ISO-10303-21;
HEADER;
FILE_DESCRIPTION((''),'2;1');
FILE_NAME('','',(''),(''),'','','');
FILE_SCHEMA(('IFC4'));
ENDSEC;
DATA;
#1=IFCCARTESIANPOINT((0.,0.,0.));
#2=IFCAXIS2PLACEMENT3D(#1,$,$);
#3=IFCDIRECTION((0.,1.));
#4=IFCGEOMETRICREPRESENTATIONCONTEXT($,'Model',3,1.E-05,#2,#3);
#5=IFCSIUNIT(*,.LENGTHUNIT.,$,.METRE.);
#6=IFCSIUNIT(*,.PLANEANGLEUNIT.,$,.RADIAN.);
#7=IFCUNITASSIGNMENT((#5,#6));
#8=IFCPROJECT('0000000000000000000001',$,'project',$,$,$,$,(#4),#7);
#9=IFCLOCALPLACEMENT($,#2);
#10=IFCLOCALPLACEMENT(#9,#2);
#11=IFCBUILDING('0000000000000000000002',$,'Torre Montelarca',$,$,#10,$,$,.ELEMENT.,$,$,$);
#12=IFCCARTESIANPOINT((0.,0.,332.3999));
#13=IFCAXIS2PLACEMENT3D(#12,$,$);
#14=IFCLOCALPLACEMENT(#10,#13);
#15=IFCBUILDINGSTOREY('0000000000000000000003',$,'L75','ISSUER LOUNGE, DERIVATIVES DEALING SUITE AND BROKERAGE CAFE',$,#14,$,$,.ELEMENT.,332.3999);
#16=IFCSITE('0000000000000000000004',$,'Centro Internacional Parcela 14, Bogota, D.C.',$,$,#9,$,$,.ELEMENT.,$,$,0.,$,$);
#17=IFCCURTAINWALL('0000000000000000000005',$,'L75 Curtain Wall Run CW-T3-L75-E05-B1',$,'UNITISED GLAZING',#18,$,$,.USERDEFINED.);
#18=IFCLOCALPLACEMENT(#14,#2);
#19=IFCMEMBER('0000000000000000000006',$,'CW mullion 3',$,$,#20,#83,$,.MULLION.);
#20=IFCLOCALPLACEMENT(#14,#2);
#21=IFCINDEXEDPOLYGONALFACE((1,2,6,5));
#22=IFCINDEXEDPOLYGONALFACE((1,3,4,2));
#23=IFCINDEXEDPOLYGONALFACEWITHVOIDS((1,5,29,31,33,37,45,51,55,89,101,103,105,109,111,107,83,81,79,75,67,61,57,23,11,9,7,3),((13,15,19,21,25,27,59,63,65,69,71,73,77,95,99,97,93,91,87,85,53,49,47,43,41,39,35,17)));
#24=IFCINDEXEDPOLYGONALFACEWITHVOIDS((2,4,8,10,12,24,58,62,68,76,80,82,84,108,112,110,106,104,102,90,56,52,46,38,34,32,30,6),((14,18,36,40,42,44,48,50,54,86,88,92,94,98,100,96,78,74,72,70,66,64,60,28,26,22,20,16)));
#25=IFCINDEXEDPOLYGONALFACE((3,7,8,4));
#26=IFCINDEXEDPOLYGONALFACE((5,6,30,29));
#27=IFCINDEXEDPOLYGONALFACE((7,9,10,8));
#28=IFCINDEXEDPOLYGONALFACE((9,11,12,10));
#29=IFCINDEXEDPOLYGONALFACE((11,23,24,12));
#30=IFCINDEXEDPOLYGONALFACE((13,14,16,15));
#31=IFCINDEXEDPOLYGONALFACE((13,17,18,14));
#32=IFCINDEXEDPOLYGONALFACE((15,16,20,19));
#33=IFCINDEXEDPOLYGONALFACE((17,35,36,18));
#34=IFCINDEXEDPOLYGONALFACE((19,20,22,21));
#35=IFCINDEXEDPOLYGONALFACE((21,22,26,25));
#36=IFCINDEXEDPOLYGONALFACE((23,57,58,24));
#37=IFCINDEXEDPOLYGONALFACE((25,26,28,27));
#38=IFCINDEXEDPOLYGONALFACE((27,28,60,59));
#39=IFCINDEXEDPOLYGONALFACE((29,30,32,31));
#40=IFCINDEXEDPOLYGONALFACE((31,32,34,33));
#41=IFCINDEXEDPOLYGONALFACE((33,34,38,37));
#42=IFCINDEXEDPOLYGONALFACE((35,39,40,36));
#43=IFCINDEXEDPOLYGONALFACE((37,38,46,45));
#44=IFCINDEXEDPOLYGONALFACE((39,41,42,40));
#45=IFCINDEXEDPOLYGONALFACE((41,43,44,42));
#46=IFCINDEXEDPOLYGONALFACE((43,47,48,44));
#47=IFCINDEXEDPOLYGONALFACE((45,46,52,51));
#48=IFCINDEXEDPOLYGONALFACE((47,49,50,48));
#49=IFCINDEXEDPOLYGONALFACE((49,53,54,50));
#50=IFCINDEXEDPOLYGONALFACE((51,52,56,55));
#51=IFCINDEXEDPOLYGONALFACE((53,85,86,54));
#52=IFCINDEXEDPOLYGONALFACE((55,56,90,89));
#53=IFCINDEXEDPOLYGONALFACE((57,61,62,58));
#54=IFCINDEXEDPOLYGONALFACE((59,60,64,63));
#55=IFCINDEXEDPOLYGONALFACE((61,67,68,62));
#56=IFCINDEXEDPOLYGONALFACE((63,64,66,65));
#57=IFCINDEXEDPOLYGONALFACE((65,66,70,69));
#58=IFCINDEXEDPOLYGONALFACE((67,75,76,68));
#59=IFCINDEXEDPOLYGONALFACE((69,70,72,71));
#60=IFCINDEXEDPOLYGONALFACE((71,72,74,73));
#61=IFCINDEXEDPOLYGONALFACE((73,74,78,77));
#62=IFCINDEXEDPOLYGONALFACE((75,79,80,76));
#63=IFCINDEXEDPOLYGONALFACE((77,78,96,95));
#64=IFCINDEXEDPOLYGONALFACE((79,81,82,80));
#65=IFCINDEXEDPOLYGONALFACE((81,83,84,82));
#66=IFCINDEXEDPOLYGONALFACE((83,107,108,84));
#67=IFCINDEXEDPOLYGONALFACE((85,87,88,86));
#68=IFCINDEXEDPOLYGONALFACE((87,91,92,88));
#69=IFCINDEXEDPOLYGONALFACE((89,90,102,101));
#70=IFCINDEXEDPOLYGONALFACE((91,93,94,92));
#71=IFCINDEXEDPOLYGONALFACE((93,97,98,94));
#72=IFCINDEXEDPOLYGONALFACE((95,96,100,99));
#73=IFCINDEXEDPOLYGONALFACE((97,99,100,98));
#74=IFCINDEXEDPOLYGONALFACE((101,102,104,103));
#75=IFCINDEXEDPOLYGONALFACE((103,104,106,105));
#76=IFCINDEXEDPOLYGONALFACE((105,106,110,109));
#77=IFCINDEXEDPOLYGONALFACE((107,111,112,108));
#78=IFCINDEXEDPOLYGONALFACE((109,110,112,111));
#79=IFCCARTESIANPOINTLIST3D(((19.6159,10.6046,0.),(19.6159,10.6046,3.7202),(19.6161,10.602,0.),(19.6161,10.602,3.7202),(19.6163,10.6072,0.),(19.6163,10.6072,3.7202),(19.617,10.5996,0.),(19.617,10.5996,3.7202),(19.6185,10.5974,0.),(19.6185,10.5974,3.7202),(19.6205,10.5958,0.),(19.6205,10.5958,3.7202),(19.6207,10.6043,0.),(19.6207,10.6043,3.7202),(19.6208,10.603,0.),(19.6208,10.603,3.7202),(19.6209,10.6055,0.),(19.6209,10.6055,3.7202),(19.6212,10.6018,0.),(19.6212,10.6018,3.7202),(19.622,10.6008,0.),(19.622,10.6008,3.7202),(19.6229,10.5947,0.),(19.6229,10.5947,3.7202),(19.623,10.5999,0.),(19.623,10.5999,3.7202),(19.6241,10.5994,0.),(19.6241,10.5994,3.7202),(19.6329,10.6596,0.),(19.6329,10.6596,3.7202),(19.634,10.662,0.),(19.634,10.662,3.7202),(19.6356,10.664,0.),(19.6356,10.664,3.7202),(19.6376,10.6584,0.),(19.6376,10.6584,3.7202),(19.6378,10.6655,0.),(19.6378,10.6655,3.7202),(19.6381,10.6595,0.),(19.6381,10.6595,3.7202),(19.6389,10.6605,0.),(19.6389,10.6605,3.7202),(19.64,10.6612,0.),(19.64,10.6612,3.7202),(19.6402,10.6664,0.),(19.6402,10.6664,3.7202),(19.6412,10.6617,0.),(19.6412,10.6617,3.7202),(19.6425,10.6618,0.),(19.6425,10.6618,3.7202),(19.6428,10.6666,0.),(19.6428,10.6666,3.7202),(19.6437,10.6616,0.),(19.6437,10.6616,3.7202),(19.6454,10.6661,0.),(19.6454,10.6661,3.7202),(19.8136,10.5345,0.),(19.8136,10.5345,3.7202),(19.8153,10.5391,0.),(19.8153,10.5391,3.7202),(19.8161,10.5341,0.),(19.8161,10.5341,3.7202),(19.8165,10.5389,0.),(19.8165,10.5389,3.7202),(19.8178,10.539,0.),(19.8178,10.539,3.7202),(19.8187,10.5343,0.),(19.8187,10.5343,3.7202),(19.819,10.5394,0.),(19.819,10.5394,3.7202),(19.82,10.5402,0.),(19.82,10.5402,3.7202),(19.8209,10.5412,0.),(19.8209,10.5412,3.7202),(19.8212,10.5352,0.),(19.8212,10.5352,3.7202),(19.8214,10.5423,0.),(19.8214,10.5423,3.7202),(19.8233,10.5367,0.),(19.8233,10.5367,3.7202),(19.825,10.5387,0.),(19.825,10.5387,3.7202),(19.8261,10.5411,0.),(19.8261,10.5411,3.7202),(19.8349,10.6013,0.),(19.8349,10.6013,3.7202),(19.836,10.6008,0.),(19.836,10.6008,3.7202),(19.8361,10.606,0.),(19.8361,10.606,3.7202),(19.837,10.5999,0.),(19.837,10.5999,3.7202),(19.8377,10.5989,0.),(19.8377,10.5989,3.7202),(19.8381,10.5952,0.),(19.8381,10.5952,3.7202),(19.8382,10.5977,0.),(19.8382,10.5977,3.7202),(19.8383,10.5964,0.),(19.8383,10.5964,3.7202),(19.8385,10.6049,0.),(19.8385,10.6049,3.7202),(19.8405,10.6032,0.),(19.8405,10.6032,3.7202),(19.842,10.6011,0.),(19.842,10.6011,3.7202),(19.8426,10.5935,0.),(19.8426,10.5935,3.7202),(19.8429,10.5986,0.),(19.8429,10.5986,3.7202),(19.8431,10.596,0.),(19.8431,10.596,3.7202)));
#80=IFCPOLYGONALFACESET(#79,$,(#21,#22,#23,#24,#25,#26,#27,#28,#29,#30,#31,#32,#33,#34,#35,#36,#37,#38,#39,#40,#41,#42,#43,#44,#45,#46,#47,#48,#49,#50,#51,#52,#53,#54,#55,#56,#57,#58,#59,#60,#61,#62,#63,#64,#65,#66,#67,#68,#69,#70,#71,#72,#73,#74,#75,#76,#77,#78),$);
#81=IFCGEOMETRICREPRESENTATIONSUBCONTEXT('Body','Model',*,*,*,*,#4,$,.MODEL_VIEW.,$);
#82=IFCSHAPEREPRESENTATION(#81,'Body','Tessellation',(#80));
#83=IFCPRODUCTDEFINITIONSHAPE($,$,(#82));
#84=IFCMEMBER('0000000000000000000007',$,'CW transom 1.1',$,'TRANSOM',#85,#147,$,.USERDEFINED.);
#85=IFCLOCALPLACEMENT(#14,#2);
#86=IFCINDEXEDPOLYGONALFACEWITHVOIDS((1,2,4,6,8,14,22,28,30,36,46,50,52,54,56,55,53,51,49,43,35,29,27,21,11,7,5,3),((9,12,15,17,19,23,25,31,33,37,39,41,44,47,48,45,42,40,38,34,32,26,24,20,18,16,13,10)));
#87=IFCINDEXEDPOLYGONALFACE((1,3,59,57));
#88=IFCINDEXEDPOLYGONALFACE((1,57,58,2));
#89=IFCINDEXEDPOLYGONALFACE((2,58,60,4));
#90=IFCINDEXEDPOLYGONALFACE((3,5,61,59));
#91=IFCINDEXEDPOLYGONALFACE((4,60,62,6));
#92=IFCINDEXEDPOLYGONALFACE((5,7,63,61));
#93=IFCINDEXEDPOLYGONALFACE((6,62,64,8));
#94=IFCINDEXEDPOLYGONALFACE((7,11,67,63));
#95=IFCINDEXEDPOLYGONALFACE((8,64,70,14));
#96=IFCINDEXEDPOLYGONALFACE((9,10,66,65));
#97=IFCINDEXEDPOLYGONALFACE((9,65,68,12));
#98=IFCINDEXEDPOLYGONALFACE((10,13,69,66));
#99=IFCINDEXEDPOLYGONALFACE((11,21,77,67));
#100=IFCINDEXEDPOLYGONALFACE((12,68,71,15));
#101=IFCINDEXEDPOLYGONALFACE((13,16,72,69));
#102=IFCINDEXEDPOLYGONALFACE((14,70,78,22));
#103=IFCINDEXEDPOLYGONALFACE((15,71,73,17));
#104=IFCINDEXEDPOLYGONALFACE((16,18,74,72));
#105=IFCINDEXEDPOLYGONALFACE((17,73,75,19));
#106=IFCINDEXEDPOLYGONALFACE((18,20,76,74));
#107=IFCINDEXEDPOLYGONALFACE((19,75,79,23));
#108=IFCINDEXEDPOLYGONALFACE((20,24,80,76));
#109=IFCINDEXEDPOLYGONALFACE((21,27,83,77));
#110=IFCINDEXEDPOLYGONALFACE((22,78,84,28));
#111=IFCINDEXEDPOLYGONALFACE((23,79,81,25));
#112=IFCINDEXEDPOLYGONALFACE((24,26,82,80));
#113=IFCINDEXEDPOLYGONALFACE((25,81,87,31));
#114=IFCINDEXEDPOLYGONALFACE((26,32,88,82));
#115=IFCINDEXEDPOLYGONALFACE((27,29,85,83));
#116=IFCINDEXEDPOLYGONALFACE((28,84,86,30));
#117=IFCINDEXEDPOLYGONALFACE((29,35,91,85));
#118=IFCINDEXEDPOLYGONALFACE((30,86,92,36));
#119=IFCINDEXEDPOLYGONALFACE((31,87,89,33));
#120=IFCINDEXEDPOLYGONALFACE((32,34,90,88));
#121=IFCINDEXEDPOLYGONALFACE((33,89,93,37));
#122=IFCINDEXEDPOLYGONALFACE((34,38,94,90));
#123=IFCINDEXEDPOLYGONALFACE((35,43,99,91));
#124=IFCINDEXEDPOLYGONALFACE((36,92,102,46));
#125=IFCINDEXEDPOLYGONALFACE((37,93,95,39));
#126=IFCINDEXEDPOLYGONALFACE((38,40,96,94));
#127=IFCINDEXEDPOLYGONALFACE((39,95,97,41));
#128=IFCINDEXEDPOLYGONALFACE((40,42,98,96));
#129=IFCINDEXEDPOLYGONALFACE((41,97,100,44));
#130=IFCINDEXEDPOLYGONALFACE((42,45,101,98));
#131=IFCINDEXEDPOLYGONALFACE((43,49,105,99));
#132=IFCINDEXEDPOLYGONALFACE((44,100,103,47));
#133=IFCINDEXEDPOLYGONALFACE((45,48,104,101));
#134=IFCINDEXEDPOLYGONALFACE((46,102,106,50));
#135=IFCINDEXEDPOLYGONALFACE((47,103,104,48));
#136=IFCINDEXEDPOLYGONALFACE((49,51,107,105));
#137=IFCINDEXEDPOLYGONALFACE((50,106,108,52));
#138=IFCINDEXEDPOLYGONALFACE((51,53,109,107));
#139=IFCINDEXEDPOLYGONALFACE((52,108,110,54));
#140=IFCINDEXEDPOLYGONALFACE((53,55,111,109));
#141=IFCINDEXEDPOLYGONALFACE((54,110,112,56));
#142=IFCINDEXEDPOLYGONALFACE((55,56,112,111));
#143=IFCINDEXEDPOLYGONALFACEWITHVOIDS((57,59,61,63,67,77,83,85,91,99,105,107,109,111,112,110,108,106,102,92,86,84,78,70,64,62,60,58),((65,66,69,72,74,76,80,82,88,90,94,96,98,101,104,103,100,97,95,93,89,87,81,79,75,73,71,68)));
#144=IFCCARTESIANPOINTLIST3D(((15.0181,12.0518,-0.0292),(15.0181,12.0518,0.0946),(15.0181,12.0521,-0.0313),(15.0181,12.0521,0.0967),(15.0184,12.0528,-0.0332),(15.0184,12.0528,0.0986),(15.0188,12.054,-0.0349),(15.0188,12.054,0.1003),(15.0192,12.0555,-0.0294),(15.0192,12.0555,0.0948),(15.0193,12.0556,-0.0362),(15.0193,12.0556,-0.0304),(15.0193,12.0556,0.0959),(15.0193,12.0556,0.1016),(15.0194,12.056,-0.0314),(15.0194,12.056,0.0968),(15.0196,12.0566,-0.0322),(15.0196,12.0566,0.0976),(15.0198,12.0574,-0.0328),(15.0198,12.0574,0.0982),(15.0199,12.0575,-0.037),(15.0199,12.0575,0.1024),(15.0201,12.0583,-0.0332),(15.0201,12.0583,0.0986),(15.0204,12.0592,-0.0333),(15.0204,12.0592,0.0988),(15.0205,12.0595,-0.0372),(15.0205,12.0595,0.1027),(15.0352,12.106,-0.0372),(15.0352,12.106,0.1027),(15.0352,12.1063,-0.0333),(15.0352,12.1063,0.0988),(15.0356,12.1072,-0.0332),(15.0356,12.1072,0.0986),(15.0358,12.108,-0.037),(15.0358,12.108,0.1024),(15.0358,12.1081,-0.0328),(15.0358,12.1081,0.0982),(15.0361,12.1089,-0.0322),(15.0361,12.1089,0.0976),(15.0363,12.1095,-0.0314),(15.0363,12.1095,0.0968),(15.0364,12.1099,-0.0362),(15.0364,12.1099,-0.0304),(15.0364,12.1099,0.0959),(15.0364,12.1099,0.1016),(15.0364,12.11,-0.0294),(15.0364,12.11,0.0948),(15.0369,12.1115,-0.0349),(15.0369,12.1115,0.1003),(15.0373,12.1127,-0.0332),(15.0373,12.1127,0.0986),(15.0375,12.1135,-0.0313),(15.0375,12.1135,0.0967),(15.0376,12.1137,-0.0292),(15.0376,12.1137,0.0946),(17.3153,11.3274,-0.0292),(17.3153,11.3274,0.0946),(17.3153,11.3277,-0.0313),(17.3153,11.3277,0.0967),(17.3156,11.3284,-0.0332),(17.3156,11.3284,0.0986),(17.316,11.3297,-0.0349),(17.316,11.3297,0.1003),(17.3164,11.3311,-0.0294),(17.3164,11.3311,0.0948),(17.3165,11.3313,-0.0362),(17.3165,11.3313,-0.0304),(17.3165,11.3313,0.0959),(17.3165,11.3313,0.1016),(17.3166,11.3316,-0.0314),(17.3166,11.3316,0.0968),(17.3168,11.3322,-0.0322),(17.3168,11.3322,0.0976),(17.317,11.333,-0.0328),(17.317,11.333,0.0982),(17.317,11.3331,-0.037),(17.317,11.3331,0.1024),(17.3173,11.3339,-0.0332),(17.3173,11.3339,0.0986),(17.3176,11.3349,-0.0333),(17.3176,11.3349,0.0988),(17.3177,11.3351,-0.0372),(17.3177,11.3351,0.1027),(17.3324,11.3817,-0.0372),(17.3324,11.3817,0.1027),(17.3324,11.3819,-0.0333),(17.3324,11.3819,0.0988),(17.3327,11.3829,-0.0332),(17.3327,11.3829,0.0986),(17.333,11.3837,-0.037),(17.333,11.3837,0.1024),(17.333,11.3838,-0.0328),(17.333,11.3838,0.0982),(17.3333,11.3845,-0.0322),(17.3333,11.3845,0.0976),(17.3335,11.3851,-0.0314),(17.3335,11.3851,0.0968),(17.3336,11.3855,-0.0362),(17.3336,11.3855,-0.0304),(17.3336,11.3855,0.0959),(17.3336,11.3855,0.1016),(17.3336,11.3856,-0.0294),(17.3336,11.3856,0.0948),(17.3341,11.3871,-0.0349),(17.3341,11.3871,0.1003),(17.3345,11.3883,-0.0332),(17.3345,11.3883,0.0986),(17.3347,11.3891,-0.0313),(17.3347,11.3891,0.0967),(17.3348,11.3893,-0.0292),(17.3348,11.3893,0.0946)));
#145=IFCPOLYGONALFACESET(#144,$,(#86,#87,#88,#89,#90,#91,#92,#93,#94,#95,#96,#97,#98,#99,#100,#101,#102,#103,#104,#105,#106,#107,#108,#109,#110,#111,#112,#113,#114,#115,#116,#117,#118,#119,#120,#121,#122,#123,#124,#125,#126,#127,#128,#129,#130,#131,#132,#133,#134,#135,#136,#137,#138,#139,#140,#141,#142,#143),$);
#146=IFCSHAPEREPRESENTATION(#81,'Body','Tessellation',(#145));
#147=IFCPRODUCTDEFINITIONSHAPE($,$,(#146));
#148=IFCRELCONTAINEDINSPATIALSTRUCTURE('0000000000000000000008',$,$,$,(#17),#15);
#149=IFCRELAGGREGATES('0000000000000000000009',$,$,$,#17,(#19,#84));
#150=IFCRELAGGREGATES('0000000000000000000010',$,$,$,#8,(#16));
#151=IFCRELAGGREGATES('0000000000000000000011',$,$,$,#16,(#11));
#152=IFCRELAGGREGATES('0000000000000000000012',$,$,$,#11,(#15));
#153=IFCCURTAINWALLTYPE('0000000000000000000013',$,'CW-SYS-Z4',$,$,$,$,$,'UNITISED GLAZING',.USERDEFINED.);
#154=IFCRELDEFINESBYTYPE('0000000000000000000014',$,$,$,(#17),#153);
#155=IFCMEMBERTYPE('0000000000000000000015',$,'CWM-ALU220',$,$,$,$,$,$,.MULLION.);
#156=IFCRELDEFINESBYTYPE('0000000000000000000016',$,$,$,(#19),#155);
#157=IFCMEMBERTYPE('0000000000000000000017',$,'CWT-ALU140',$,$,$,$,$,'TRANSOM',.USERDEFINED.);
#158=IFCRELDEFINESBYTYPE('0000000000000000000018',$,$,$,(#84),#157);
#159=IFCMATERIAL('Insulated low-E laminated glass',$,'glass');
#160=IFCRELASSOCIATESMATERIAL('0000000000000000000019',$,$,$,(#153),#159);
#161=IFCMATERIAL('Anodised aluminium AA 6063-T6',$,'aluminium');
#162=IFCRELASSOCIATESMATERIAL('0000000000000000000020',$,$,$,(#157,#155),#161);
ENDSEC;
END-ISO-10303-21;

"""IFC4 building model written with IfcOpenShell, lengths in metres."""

from ifc_helpers import new_model, si_unit, direction, frame, origin, origin_2d, place, context, subcontext, project, spatial, hollow_rectangle, extrude, source, transform, mapped, material, material_profile, profile_set, type_object, element, aggregate, save


model = new_model("IFC4")

# Units and contexts
model_context = context("Model", 3, precision=1e-05, world=origin(), true_north=direction((0.0, 1.0)))
body_context = subcontext(model_context, "Body", "Model", "MODEL_VIEW")
ifc_project = project(units=[si_unit("LENGTHUNIT", "METRE"), si_unit("PLANEANGLEUNIT", "RADIAN")], contexts=[model_context])

# Site, building, storey
site_placement = place(None, origin())
site = spatial("IfcSite", under=ifc_project, at=site_placement, Name="Centro Internacional Parcela 14, Bogota, D.C.", CompositionType="ELEMENT", RefElevation=0.0)
building_placement = place(site_placement, origin())
building = spatial("IfcBuilding", under=site, at=building_placement, Name="Torre Montelarca", CompositionType="ELEMENT")
storey_placement = place(building_placement, frame((0.0, 0.0, 332.3999)))
storey = spatial("IfcBuildingStorey", under=building, at=storey_placement, Name="L75", Description="ISSUER LOUNGE, DERIVATIVES DEALING SUITE AND BROKERAGE CAFE", CompositionType="ELEMENT", Elevation=332.3999)

# Curtain wall, members
ifc_material_1 = material(Name="Insulated low-E laminated glass", Category="glass")
curtain_wall_type = type_object("IfcCurtainWallType", Name="CW-SYS-Z4", ElementType="UNITISED GLAZING", PredefinedType="USERDEFINED", material=ifc_material_1)
ifc_material_2 = material(Name="Anodised aluminium AA 6063-T6", Category="aluminium")
ifc_material_profile_1 = material_profile(ifc_material_2, hollow_rectangle(XDim=0.0649, YDim=0.1399, WallThickness=0.0039, InnerFilletRadius=0.0039, OuterFilletRadius=0.0081, at=origin_2d()), Name="ALU65X140X4", Category="aluminium")
ifc_profile_set_1 = profile_set([ifc_material_profile_1], Name="Anodised aluminium AA 6063-T6")
member_type_1 = type_object("IfcMemberType", Name="CWT-ALU140", ElementType="TRANSOM", PredefinedType="USERDEFINED", material=ifc_profile_set_1)
ifc_material_profile_2 = material_profile(ifc_material_2, hollow_rectangle(XDim=0.075, YDim=0.22, WallThickness=0.0049, InnerFilletRadius=0.0049, OuterFilletRadius=0.01, at=origin_2d()), Name="ALU75X220X5", Category="aluminium")
ifc_profile_set_2 = profile_set([ifc_material_profile_2], Name="Anodised aluminium AA 6063-T6")
member_type_2 = type_object("IfcMemberType", Name="CWM-ALU220", PredefinedType="MULLION", material=ifc_profile_set_2)
shared_shape_1 = source(origin(), body_context, "Body", "SweptSolid", [
    extrude(hollow_rectangle(XDim=0.075, YDim=0.22, WallThickness=0.0049, InnerFilletRadius=0.0049, OuterFilletRadius=0.01, at=origin_2d()), origin(), (0.0, 0.0, 1.0), 3.7202),
])
curtain_wall_1_placement = place(storey_placement, origin())
curtain_wall_1 = element("IfcCurtainWall", 1, at=curtain_wall_1_placement, inside=storey, type_object=curtain_wall_type, Name="L75 Curtain Wall Run CW-T3-L75-E05-B1", ObjectType="UNITISED GLAZING", PredefinedType="USERDEFINED")
member_1_placement = place(storey_placement, frame((19.7295, 10.6003, 0.0), z_axis=(0.0, 0.0, 1.0), x_axis=(0.300693, 0.953721, 0.0)))
member_1 = element("IfcMember", 2, at=member_1_placement, type_object=member_type_2, Name="CW mullion 3", PredefinedType="MULLION", context=body_context, shape_type="MappedRepresentation", body=[
    mapped(shared_shape_1, transform((0.0, 0.0, 0.0), scale=1.0)),
])
shared_shape_2 = source(origin(), body_context, "Body", "SweptSolid", [
    extrude(hollow_rectangle(XDim=0.0649, YDim=0.1399, WallThickness=0.0039, InnerFilletRadius=0.0039, OuterFilletRadius=0.0081, at=origin_2d()), origin(), (0.0, 0.0, 1.0), 2.4087),
])
member_2_placement = place(storey_placement, frame((15.0278, 12.0828, 0.0327), z_axis=(0.953707, -0.300738, 0.0), x_axis=(0.300738, 0.953707, 0.0)))
member_2 = element("IfcMember", 3, at=member_2_placement, type_object=member_type_1, Name="CW transom 1.1", ObjectType="TRANSOM", PredefinedType="USERDEFINED", context=body_context, shape_type="MappedRepresentation", body=[
    mapped(shared_shape_2, transform((0.0, 0.0, 0.0), scale=1.0)),
])

aggregate(curtain_wall_1, [member_1, member_2])

save(model, "model.ifc")
